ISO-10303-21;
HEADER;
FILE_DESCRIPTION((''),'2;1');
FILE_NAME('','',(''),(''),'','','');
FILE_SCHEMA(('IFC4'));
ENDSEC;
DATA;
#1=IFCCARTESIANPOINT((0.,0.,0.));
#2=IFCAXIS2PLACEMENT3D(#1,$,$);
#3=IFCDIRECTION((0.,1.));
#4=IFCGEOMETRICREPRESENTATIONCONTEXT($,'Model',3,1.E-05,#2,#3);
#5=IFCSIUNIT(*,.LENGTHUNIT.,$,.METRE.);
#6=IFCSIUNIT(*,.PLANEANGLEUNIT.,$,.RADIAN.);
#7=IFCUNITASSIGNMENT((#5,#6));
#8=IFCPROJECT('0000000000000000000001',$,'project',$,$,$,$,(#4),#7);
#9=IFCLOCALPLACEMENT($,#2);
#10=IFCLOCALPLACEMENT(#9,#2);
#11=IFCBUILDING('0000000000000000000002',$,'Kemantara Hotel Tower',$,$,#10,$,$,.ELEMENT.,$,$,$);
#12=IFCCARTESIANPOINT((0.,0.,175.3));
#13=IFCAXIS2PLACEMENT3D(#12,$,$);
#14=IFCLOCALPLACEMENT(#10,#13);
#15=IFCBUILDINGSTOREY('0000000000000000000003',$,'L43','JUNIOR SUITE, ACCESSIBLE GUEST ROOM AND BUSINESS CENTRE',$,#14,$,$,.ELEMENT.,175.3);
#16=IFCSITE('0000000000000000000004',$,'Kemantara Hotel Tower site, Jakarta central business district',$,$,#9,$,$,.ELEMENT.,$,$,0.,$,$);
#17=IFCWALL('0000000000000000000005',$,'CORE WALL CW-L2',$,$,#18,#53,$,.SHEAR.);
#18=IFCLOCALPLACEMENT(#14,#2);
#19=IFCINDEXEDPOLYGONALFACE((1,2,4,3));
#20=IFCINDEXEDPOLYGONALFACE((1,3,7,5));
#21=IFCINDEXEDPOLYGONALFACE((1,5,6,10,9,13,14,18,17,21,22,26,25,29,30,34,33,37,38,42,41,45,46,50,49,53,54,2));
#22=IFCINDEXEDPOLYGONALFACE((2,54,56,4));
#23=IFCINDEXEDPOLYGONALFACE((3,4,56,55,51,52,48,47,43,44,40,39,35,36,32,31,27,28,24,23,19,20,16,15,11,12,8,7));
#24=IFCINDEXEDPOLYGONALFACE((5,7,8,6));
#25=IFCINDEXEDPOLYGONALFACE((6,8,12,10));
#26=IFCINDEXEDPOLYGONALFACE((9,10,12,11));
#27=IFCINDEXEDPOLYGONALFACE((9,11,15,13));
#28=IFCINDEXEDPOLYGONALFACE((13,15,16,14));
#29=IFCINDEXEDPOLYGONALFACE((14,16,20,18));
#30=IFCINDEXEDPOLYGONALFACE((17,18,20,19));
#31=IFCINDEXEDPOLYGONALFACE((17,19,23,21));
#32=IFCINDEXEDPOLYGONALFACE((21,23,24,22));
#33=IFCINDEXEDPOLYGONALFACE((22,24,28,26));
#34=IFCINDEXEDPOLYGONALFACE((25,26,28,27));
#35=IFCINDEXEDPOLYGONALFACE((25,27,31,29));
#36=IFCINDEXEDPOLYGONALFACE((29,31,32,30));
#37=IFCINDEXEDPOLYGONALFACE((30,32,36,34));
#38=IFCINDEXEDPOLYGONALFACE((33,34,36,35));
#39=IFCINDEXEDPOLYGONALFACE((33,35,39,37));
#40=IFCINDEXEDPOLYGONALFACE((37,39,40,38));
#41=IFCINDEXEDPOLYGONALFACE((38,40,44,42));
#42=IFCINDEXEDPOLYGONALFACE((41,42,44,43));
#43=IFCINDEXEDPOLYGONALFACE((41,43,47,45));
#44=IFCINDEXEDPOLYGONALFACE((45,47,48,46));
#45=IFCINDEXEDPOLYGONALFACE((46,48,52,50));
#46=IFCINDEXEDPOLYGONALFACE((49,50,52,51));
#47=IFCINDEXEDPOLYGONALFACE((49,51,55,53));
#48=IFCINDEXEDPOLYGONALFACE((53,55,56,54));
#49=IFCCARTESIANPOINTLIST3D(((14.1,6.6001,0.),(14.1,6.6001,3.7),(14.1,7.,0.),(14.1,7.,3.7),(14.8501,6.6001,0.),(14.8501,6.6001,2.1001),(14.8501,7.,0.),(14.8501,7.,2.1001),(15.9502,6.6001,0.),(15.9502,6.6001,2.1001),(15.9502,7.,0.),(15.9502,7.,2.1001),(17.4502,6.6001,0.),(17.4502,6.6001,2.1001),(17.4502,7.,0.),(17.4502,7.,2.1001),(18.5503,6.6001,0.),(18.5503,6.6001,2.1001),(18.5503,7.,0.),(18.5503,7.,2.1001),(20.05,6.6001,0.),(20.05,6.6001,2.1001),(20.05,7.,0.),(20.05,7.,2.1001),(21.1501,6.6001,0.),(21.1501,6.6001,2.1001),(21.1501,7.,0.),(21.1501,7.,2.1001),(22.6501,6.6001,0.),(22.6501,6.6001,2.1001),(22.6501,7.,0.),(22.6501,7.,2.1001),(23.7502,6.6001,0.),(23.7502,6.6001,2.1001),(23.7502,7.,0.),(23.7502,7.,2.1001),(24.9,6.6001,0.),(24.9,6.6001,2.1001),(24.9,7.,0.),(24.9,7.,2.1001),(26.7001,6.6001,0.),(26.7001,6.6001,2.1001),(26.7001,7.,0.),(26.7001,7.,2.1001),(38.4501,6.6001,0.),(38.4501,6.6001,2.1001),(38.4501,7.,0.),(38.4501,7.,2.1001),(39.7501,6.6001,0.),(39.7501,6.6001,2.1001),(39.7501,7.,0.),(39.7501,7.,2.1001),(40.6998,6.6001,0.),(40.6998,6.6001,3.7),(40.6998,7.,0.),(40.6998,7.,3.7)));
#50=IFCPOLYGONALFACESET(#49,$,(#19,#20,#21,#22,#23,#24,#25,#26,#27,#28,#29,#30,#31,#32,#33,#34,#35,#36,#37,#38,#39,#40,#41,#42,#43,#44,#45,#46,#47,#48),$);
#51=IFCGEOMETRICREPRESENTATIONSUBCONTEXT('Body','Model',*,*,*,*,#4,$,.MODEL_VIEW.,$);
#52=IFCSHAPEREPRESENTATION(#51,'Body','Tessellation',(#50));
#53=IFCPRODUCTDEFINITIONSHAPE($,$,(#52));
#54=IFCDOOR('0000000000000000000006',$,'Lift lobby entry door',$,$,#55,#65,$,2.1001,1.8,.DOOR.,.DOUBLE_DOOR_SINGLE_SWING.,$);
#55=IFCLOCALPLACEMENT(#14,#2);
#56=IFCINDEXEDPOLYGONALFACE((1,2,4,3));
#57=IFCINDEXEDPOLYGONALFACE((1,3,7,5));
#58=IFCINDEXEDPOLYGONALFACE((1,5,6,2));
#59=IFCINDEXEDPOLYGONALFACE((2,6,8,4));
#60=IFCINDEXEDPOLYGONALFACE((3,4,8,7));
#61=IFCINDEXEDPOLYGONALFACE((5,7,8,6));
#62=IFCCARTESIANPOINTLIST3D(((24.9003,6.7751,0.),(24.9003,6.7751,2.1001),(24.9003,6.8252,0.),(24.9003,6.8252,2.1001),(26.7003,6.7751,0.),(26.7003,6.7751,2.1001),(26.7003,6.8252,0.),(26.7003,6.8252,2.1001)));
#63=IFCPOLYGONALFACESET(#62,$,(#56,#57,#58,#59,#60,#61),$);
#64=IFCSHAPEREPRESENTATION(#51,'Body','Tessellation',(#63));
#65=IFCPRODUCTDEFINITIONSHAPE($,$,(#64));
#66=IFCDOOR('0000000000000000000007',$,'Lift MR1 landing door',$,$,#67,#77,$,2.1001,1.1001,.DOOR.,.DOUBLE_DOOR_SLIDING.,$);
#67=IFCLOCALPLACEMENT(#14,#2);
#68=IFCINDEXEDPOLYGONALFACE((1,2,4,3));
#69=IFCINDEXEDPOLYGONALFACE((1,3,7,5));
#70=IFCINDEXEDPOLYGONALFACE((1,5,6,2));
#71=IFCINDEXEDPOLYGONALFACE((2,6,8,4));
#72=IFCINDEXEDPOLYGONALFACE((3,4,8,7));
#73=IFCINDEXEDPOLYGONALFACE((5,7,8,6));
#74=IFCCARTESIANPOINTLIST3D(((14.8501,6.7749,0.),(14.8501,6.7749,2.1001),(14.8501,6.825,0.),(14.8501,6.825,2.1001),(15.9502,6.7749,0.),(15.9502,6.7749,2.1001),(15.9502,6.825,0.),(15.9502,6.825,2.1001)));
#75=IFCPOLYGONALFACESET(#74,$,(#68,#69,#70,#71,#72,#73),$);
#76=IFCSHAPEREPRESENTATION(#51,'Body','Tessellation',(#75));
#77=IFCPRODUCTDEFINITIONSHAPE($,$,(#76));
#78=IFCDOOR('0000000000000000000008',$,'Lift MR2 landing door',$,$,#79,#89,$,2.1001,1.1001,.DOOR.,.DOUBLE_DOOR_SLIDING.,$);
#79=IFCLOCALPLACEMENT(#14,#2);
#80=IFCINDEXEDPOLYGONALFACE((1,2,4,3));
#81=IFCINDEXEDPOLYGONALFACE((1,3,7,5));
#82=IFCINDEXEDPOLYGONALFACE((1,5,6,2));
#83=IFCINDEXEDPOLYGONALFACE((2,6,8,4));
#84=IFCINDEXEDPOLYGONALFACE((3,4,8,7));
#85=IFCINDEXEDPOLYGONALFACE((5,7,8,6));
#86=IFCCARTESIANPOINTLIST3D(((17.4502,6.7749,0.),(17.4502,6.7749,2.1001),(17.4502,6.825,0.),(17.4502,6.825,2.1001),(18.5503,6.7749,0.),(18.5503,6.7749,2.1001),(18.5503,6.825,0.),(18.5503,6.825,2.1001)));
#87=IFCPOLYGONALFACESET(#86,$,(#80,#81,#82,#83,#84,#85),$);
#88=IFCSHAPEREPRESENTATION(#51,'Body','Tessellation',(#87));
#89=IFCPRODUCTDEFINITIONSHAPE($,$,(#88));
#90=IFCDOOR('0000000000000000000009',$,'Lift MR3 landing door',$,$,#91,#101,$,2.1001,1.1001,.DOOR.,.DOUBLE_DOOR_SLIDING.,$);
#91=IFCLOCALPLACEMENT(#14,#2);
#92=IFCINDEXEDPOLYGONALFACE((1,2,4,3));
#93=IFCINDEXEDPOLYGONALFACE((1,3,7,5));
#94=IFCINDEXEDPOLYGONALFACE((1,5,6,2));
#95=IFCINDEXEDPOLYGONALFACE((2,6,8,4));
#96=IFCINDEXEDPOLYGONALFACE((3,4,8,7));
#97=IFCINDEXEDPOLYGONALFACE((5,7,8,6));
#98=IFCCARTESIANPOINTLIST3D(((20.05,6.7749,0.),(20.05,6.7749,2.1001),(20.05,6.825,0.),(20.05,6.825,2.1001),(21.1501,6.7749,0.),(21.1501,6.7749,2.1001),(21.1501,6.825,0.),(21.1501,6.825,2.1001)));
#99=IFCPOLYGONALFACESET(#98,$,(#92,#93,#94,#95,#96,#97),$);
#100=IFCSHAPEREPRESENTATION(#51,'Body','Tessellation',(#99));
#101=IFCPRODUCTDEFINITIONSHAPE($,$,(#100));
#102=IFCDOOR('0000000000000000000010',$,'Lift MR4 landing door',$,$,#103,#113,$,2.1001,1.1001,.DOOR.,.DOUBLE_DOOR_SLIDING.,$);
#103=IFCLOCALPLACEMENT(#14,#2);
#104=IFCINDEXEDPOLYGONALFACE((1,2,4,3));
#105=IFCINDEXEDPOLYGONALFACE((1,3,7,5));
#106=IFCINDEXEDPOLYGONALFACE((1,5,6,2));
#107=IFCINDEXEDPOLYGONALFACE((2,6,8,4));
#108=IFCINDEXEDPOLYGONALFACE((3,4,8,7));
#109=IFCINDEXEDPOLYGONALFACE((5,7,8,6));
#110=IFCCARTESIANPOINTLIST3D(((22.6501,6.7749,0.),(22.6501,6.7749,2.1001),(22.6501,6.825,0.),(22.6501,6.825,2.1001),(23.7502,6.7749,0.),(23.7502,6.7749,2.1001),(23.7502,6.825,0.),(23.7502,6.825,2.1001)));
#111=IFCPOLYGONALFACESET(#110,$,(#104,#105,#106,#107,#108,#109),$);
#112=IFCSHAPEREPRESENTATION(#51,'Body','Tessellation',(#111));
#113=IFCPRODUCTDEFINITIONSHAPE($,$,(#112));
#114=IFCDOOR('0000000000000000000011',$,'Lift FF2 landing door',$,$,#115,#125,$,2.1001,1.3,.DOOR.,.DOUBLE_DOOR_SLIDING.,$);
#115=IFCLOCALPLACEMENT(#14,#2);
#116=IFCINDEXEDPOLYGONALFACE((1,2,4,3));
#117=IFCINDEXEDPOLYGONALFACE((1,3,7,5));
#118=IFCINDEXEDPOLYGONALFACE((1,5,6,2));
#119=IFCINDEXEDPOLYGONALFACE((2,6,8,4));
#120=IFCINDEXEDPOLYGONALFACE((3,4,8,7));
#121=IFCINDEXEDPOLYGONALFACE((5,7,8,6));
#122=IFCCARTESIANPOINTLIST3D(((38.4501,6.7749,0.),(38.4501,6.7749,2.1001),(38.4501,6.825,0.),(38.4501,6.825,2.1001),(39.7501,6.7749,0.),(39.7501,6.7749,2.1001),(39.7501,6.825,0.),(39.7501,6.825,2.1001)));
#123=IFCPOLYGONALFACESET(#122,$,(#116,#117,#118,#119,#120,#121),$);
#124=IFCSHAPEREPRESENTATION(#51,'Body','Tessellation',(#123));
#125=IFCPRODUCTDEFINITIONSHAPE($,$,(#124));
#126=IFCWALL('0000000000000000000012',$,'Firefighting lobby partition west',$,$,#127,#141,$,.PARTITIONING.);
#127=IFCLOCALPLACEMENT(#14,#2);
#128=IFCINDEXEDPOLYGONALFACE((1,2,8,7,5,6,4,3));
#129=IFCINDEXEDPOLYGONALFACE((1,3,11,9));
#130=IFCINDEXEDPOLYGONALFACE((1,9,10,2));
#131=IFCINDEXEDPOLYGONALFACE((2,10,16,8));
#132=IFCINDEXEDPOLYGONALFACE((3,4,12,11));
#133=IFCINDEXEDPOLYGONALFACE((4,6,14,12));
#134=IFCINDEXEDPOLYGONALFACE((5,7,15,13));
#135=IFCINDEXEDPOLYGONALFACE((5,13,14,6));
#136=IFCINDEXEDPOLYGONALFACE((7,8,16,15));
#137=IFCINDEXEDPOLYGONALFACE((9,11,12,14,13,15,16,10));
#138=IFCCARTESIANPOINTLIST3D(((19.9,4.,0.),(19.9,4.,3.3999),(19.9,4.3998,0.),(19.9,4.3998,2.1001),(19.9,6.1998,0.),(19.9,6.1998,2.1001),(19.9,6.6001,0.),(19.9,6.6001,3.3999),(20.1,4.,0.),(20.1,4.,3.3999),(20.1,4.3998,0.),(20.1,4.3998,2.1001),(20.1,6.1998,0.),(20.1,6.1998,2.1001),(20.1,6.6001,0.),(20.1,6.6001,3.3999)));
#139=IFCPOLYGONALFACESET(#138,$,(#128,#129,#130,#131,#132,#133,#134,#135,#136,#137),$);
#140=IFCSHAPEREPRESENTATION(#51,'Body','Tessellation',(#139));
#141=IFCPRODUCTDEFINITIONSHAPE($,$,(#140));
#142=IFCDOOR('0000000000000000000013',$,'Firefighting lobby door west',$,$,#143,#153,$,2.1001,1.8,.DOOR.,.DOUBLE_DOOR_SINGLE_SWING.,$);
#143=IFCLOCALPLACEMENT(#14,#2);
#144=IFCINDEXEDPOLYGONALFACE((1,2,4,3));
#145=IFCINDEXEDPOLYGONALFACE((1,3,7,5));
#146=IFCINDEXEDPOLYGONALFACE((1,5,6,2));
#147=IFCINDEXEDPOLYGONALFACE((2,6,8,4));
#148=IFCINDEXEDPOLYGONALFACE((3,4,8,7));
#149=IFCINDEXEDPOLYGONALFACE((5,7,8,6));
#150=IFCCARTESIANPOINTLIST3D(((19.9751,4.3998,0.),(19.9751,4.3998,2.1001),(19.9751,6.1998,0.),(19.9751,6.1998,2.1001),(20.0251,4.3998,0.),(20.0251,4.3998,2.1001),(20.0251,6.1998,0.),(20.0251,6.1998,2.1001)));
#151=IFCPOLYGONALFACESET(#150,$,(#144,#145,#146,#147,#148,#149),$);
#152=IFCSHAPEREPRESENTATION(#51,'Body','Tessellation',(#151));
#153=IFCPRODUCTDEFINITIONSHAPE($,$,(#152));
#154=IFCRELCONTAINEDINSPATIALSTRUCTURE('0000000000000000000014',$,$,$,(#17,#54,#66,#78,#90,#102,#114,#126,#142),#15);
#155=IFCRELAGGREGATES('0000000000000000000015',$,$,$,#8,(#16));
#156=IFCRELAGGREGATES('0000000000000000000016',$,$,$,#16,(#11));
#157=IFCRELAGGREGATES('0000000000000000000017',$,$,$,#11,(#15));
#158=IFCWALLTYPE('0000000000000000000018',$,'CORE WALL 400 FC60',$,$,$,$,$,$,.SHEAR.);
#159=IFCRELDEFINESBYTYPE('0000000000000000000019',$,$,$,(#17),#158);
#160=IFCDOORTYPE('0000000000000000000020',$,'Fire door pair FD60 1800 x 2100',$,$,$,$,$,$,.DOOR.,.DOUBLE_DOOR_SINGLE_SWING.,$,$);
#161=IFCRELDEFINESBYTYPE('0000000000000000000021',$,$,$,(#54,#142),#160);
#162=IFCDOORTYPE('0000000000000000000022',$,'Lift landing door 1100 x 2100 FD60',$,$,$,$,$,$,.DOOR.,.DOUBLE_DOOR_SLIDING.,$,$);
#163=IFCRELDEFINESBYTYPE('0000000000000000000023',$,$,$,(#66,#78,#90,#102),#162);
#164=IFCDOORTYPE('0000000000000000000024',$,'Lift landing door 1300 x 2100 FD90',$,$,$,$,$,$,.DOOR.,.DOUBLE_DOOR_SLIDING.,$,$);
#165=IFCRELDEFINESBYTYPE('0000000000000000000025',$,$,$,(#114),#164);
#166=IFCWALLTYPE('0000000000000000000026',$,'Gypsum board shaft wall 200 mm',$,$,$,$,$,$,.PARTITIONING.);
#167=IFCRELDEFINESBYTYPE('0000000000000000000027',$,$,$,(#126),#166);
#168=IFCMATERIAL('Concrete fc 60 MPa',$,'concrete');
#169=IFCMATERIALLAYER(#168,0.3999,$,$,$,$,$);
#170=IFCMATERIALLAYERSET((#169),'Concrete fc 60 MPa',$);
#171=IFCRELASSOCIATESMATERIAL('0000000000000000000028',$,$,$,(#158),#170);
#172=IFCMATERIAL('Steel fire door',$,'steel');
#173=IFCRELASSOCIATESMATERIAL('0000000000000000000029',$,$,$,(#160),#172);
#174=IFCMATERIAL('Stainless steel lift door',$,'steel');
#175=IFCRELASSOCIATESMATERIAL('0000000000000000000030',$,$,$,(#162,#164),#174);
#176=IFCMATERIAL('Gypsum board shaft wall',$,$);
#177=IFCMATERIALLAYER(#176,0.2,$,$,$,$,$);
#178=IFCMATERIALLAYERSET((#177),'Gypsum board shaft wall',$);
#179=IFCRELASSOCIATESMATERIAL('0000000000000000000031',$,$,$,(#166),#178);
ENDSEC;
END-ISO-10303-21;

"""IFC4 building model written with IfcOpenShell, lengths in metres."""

from ifc_helpers import new_model, si_unit, direction, frame, frame_2d, origin, place, context, subcontext, project, spatial, rectangle, extrude, material, layer, layer_set, type_object, element, fill, save


model = new_model("IFC4")

# Units and contexts
model_context = context("Model", 3, precision=1e-05, world=origin(), true_north=direction((0.0, 1.0)))
body_context = subcontext(model_context, "Body", "Model", "MODEL_VIEW")
ifc_project = project(units=[si_unit("LENGTHUNIT", "METRE"), si_unit("PLANEANGLEUNIT", "RADIAN")], contexts=[model_context])

# Site, building, storey
site_placement = place(None, origin())
site = spatial("IfcSite", under=ifc_project, at=site_placement, Name="Kemantara Hotel Tower site, Jakarta central business district", CompositionType="ELEMENT", RefElevation=0.0)
building_placement = place(site_placement, origin())
building = spatial("IfcBuilding", under=site, at=building_placement, Name="Kemantara Hotel Tower", CompositionType="ELEMENT")
storey_placement = place(building_placement, frame((0.0, 0.0, 175.3)))
storey = spatial("IfcBuildingStorey", under=building, at=storey_placement, Name="L43", Description="JUNIOR SUITE, ACCESSIBLE GUEST ROOM AND BUSINESS CENTRE", CompositionType="ELEMENT", Elevation=175.3)

# Shared definitions
ifc_material_1 = material(Name="Concrete fc 60 MPa", Category="concrete")
ifc_layer_1 = layer(ifc_material_1, 0.3999)
ifc_layer_set_1 = layer_set([ifc_layer_1], Name="Concrete fc 60 MPa")
wall_type_1 = type_object("IfcWallType", Name="CORE WALL 400 FC60", PredefinedType="SHEAR", material=ifc_layer_set_1)

# Wall, openings, doors
wall_1_placement = place(storey_placement, frame((14.1001, 6.8, 0.0), z_axis=(0.0, 0.0, 1.0), x_axis=(1.0, 0.0, 0.0)))
wall_1 = element("IfcWall", 1, at=wall_1_placement, inside=storey, type_object=wall_type_1, Name="CORE WALL CW-L2", PredefinedType="SHEAR", context=body_context, shape_type="SweptSolid", body=[
    extrude(rectangle(XDim=26.5999, YDim=0.3999, at=frame_2d((13.2998, 0.0))), origin(), (0.0, 0.0, 1.0), 3.7),
])
opening_1_placement = place(wall_1_placement, frame((10.8, 0.0, 0.0)))
opening_1 = element("IfcOpeningElement", 2, at=opening_1_placement, cuts=wall_1, PredefinedType="OPENING", context=body_context, shape_type="SweptSolid", body=[
    extrude(rectangle(XDim=1.8, YDim=2.1001, at=frame_2d((0.8999, 1.05))), frame((0.0, 0.21, 0.0), z_axis=(0.0, -1.0, 0.0), x_axis=(1.0, 0.0, 0.0)), (0.0, 0.0, 1.0), 0.4199),
])
opening_2_placement = place(wall_1_placement, frame((0.75, 0.0, 0.0)))
opening_2 = element("IfcOpeningElement", 3, at=opening_2_placement, cuts=wall_1, PredefinedType="OPENING", context=body_context, shape_type="SweptSolid", body=[
    extrude(rectangle(XDim=1.1001, YDim=2.1001, at=frame_2d((0.55, 1.05))), frame((0.0, 0.21, 0.0), z_axis=(0.0, -1.0, 0.0), x_axis=(1.0, 0.0, 0.0)), (0.0, 0.0, 1.0), 0.4199),
])
opening_3_placement = place(wall_1_placement, frame((3.3501, 0.0, 0.0)))
opening_3 = element("IfcOpeningElement", 4, at=opening_3_placement, cuts=wall_1, PredefinedType="OPENING", context=body_context, shape_type="SweptSolid", body=[
    extrude(rectangle(XDim=1.1001, YDim=2.1001, at=frame_2d((0.55, 1.05))), frame((0.0, 0.21, 0.0), z_axis=(0.0, -1.0, 0.0), x_axis=(1.0, 0.0, 0.0)), (0.0, 0.0, 1.0), 0.4199),
])
opening_4_placement = place(wall_1_placement, frame((5.95, 0.0, 0.0)))
opening_4 = element("IfcOpeningElement", 5, at=opening_4_placement, cuts=wall_1, PredefinedType="OPENING", context=body_context, shape_type="SweptSolid", body=[
    extrude(rectangle(XDim=1.1001, YDim=2.1001, at=frame_2d((0.55, 1.05))), frame((0.0, 0.21, 0.0), z_axis=(0.0, -1.0, 0.0), x_axis=(1.0, 0.0, 0.0)), (0.0, 0.0, 1.0), 0.4199),
])
opening_5_placement = place(wall_1_placement, frame((8.55, 0.0, 0.0)))
opening_5 = element("IfcOpeningElement", 6, at=opening_5_placement, cuts=wall_1, PredefinedType="OPENING", context=body_context, shape_type="SweptSolid", body=[
    extrude(rectangle(XDim=1.1001, YDim=2.1001, at=frame_2d((0.55, 1.05))), frame((0.0, 0.21, 0.0), z_axis=(0.0, -1.0, 0.0), x_axis=(1.0, 0.0, 0.0)), (0.0, 0.0, 1.0), 0.4199),
])
opening_6_placement = place(wall_1_placement, frame((24.3501, 0.0, 0.0)))
opening_6 = element("IfcOpeningElement", 7, at=opening_6_placement, cuts=wall_1, PredefinedType="OPENING", context=body_context, shape_type="SweptSolid", body=[
    extrude(rectangle(XDim=1.3, YDim=2.1001, at=frame_2d((0.6499, 1.05))), frame((0.0, 0.21, 0.0), z_axis=(0.0, -1.0, 0.0), x_axis=(1.0, 0.0, 0.0)), (0.0, 0.0, 1.0), 0.4199),
])
ifc_material_2 = material(Name="Steel fire door", Category="steel")
door_type_1 = type_object("IfcDoorType", Name="Fire door pair FD60 1800 x 2100", OperationType="DOUBLE_DOOR_SINGLE_SWING", PredefinedType="DOOR", material=ifc_material_2)
door_1_placement = place(opening_1_placement, frame((1.8, 0.0, 0.0), z_axis=(0.0, 0.0, 1.0), x_axis=(-1.0, 0.0, 0.0)))
door_1 = element("IfcDoor", 8, at=door_1_placement, inside=storey, type_object=door_type_1, Name="Lift lobby entry door", OperationType="DOUBLE_DOOR_SINGLE_SWING", OverallHeight=2.1001, OverallWidth=1.8, PredefinedType="DOOR", context=body_context, shape_type="SweptSolid", body=[
    extrude(rectangle(XDim=1.8, YDim=2.1001, at=frame_2d((0.8999, 1.05))), frame((0.0, 0.0249, 0.0), z_axis=(0.0, -1.0, 0.0), x_axis=(1.0, 0.0, 0.0)), (0.0, 0.0, 1.0), 0.05),
])
fill(opening_1, door_1)
ifc_material_3 = material(Name="Stainless steel lift door", Category="steel")
door_type_2 = type_object("IfcDoorType", Name="Lift landing door 1100 x 2100 FD60", OperationType="DOUBLE_DOOR_SLIDING", PredefinedType="DOOR", material=ifc_material_3)
door_2_placement = place(opening_2_placement, origin())
door_2 = element("IfcDoor", 9, at=door_2_placement, inside=storey, type_object=door_type_2, Name="Lift MR1 landing door", OperationType="DOUBLE_DOOR_SLIDING", OverallHeight=2.1001, OverallWidth=1.1001, PredefinedType="DOOR", context=body_context, shape_type="SweptSolid", body=[
    extrude(rectangle(XDim=1.1001, YDim=2.1001, at=frame_2d((0.55, 1.05))), frame((0.0, 0.0249, 0.0), z_axis=(0.0, -1.0, 0.0), x_axis=(1.0, 0.0, 0.0)), (0.0, 0.0, 1.0), 0.05),
])
fill(opening_2, door_2)
door_3_placement = place(opening_3_placement, origin())
door_3 = element("IfcDoor", 10, at=door_3_placement, inside=storey, type_object=door_type_2, Name="Lift MR2 landing door", OperationType="DOUBLE_DOOR_SLIDING", OverallHeight=2.1001, OverallWidth=1.1001, PredefinedType="DOOR", context=body_context, shape_type="SweptSolid", body=[
    extrude(rectangle(XDim=1.1001, YDim=2.1001, at=frame_2d((0.55, 1.05))), frame((0.0, 0.0249, 0.0), z_axis=(0.0, -1.0, 0.0), x_axis=(1.0, 0.0, 0.0)), (0.0, 0.0, 1.0), 0.05),
])
fill(opening_3, door_3)
door_4_placement = place(opening_4_placement, origin())
door_4 = element("IfcDoor", 11, at=door_4_placement, inside=storey, type_object=door_type_2, Name="Lift MR3 landing door", OperationType="DOUBLE_DOOR_SLIDING", OverallHeight=2.1001, OverallWidth=1.1001, PredefinedType="DOOR", context=body_context, shape_type="SweptSolid", body=[
    extrude(rectangle(XDim=1.1001, YDim=2.1001, at=frame_2d((0.55, 1.05))), frame((0.0, 0.0249, 0.0), z_axis=(0.0, -1.0, 0.0), x_axis=(1.0, 0.0, 0.0)), (0.0, 0.0, 1.0), 0.05),
])
fill(opening_4, door_4)
door_5_placement = place(opening_5_placement, origin())
door_5 = element("IfcDoor", 12, at=door_5_placement, inside=storey, type_object=door_type_2, Name="Lift MR4 landing door", OperationType="DOUBLE_DOOR_SLIDING", OverallHeight=2.1001, OverallWidth=1.1001, PredefinedType="DOOR", context=body_context, shape_type="SweptSolid", body=[
    extrude(rectangle(XDim=1.1001, YDim=2.1001, at=frame_2d((0.55, 1.05))), frame((0.0, 0.0249, 0.0), z_axis=(0.0, -1.0, 0.0), x_axis=(1.0, 0.0, 0.0)), (0.0, 0.0, 1.0), 0.05),
])
fill(opening_5, door_5)
door_type_3 = type_object("IfcDoorType", Name="Lift landing door 1300 x 2100 FD90", OperationType="DOUBLE_DOOR_SLIDING", PredefinedType="DOOR", material=ifc_material_3)
door_6_placement = place(opening_6_placement, origin())
door_6 = element("IfcDoor", 13, at=door_6_placement, inside=storey, type_object=door_type_3, Name="Lift FF2 landing door", OperationType="DOUBLE_DOOR_SLIDING", OverallHeight=2.1001, OverallWidth=1.3, PredefinedType="DOOR", context=body_context, shape_type="SweptSolid", body=[
    extrude(rectangle(XDim=1.3, YDim=2.1001, at=frame_2d((0.6499, 1.05))), frame((0.0, 0.0249, 0.0), z_axis=(0.0, -1.0, 0.0), x_axis=(1.0, 0.0, 0.0)), (0.0, 0.0, 1.0), 0.05),
])
fill(opening_6, door_6)

# Wall, opening, door
ifc_material_4 = material(Name="Gypsum board shaft wall")
ifc_layer_2 = layer(ifc_material_4, 0.2)
ifc_layer_set_2 = layer_set([ifc_layer_2], Name="Gypsum board shaft wall")
wall_type_2 = type_object("IfcWallType", Name="Gypsum board shaft wall 200 mm", PredefinedType="PARTITIONING", material=ifc_layer_set_2)
wall_2_placement = place(storey_placement, frame((20.0, 4.0, 0.0), z_axis=(0.0, 0.0, 1.0), x_axis=(0.0, 1.0, 0.0)))
wall_2 = element("IfcWall", 14, at=wall_2_placement, inside=storey, type_object=wall_type_2, Name="Firefighting lobby partition west", PredefinedType="PARTITIONING", context=body_context, shape_type="SweptSolid", body=[
    extrude(rectangle(XDim=2.6001, YDim=0.2, at=frame_2d((1.3, 0.0))), origin(), (0.0, 0.0, 1.0), 3.3999),
])
opening_7_placement = place(wall_2_placement, frame((0.3999, 0.0, 0.0)))
opening_7 = element("IfcOpeningElement", 15, at=opening_7_placement, cuts=wall_2, PredefinedType="OPENING", context=body_context, shape_type="SweptSolid", body=[
    extrude(rectangle(XDim=1.8, YDim=2.1001, at=frame_2d((0.8999, 1.05))), frame((0.0, 0.1099, 0.0), z_axis=(0.0, -1.0, 0.0), x_axis=(1.0, 0.0, 0.0)), (0.0, 0.0, 1.0), 0.22),
])
door_7_placement = place(opening_7_placement, origin())
door_7 = element("IfcDoor", 16, at=door_7_placement, inside=storey, type_object=door_type_1, Name="Firefighting lobby door west", OperationType="DOUBLE_DOOR_SINGLE_SWING", OverallHeight=2.1001, OverallWidth=1.8, PredefinedType="DOOR", context=body_context, shape_type="SweptSolid", body=[
    extrude(rectangle(XDim=1.8, YDim=2.1001, at=frame_2d((0.8999, 1.05))), frame((0.0, 0.0249, 0.0), z_axis=(0.0, -1.0, 0.0), x_axis=(1.0, 0.0, 0.0)), (0.0, 0.0, 1.0), 0.05),
])
fill(opening_7, door_7)

save(model, "model.ifc")
